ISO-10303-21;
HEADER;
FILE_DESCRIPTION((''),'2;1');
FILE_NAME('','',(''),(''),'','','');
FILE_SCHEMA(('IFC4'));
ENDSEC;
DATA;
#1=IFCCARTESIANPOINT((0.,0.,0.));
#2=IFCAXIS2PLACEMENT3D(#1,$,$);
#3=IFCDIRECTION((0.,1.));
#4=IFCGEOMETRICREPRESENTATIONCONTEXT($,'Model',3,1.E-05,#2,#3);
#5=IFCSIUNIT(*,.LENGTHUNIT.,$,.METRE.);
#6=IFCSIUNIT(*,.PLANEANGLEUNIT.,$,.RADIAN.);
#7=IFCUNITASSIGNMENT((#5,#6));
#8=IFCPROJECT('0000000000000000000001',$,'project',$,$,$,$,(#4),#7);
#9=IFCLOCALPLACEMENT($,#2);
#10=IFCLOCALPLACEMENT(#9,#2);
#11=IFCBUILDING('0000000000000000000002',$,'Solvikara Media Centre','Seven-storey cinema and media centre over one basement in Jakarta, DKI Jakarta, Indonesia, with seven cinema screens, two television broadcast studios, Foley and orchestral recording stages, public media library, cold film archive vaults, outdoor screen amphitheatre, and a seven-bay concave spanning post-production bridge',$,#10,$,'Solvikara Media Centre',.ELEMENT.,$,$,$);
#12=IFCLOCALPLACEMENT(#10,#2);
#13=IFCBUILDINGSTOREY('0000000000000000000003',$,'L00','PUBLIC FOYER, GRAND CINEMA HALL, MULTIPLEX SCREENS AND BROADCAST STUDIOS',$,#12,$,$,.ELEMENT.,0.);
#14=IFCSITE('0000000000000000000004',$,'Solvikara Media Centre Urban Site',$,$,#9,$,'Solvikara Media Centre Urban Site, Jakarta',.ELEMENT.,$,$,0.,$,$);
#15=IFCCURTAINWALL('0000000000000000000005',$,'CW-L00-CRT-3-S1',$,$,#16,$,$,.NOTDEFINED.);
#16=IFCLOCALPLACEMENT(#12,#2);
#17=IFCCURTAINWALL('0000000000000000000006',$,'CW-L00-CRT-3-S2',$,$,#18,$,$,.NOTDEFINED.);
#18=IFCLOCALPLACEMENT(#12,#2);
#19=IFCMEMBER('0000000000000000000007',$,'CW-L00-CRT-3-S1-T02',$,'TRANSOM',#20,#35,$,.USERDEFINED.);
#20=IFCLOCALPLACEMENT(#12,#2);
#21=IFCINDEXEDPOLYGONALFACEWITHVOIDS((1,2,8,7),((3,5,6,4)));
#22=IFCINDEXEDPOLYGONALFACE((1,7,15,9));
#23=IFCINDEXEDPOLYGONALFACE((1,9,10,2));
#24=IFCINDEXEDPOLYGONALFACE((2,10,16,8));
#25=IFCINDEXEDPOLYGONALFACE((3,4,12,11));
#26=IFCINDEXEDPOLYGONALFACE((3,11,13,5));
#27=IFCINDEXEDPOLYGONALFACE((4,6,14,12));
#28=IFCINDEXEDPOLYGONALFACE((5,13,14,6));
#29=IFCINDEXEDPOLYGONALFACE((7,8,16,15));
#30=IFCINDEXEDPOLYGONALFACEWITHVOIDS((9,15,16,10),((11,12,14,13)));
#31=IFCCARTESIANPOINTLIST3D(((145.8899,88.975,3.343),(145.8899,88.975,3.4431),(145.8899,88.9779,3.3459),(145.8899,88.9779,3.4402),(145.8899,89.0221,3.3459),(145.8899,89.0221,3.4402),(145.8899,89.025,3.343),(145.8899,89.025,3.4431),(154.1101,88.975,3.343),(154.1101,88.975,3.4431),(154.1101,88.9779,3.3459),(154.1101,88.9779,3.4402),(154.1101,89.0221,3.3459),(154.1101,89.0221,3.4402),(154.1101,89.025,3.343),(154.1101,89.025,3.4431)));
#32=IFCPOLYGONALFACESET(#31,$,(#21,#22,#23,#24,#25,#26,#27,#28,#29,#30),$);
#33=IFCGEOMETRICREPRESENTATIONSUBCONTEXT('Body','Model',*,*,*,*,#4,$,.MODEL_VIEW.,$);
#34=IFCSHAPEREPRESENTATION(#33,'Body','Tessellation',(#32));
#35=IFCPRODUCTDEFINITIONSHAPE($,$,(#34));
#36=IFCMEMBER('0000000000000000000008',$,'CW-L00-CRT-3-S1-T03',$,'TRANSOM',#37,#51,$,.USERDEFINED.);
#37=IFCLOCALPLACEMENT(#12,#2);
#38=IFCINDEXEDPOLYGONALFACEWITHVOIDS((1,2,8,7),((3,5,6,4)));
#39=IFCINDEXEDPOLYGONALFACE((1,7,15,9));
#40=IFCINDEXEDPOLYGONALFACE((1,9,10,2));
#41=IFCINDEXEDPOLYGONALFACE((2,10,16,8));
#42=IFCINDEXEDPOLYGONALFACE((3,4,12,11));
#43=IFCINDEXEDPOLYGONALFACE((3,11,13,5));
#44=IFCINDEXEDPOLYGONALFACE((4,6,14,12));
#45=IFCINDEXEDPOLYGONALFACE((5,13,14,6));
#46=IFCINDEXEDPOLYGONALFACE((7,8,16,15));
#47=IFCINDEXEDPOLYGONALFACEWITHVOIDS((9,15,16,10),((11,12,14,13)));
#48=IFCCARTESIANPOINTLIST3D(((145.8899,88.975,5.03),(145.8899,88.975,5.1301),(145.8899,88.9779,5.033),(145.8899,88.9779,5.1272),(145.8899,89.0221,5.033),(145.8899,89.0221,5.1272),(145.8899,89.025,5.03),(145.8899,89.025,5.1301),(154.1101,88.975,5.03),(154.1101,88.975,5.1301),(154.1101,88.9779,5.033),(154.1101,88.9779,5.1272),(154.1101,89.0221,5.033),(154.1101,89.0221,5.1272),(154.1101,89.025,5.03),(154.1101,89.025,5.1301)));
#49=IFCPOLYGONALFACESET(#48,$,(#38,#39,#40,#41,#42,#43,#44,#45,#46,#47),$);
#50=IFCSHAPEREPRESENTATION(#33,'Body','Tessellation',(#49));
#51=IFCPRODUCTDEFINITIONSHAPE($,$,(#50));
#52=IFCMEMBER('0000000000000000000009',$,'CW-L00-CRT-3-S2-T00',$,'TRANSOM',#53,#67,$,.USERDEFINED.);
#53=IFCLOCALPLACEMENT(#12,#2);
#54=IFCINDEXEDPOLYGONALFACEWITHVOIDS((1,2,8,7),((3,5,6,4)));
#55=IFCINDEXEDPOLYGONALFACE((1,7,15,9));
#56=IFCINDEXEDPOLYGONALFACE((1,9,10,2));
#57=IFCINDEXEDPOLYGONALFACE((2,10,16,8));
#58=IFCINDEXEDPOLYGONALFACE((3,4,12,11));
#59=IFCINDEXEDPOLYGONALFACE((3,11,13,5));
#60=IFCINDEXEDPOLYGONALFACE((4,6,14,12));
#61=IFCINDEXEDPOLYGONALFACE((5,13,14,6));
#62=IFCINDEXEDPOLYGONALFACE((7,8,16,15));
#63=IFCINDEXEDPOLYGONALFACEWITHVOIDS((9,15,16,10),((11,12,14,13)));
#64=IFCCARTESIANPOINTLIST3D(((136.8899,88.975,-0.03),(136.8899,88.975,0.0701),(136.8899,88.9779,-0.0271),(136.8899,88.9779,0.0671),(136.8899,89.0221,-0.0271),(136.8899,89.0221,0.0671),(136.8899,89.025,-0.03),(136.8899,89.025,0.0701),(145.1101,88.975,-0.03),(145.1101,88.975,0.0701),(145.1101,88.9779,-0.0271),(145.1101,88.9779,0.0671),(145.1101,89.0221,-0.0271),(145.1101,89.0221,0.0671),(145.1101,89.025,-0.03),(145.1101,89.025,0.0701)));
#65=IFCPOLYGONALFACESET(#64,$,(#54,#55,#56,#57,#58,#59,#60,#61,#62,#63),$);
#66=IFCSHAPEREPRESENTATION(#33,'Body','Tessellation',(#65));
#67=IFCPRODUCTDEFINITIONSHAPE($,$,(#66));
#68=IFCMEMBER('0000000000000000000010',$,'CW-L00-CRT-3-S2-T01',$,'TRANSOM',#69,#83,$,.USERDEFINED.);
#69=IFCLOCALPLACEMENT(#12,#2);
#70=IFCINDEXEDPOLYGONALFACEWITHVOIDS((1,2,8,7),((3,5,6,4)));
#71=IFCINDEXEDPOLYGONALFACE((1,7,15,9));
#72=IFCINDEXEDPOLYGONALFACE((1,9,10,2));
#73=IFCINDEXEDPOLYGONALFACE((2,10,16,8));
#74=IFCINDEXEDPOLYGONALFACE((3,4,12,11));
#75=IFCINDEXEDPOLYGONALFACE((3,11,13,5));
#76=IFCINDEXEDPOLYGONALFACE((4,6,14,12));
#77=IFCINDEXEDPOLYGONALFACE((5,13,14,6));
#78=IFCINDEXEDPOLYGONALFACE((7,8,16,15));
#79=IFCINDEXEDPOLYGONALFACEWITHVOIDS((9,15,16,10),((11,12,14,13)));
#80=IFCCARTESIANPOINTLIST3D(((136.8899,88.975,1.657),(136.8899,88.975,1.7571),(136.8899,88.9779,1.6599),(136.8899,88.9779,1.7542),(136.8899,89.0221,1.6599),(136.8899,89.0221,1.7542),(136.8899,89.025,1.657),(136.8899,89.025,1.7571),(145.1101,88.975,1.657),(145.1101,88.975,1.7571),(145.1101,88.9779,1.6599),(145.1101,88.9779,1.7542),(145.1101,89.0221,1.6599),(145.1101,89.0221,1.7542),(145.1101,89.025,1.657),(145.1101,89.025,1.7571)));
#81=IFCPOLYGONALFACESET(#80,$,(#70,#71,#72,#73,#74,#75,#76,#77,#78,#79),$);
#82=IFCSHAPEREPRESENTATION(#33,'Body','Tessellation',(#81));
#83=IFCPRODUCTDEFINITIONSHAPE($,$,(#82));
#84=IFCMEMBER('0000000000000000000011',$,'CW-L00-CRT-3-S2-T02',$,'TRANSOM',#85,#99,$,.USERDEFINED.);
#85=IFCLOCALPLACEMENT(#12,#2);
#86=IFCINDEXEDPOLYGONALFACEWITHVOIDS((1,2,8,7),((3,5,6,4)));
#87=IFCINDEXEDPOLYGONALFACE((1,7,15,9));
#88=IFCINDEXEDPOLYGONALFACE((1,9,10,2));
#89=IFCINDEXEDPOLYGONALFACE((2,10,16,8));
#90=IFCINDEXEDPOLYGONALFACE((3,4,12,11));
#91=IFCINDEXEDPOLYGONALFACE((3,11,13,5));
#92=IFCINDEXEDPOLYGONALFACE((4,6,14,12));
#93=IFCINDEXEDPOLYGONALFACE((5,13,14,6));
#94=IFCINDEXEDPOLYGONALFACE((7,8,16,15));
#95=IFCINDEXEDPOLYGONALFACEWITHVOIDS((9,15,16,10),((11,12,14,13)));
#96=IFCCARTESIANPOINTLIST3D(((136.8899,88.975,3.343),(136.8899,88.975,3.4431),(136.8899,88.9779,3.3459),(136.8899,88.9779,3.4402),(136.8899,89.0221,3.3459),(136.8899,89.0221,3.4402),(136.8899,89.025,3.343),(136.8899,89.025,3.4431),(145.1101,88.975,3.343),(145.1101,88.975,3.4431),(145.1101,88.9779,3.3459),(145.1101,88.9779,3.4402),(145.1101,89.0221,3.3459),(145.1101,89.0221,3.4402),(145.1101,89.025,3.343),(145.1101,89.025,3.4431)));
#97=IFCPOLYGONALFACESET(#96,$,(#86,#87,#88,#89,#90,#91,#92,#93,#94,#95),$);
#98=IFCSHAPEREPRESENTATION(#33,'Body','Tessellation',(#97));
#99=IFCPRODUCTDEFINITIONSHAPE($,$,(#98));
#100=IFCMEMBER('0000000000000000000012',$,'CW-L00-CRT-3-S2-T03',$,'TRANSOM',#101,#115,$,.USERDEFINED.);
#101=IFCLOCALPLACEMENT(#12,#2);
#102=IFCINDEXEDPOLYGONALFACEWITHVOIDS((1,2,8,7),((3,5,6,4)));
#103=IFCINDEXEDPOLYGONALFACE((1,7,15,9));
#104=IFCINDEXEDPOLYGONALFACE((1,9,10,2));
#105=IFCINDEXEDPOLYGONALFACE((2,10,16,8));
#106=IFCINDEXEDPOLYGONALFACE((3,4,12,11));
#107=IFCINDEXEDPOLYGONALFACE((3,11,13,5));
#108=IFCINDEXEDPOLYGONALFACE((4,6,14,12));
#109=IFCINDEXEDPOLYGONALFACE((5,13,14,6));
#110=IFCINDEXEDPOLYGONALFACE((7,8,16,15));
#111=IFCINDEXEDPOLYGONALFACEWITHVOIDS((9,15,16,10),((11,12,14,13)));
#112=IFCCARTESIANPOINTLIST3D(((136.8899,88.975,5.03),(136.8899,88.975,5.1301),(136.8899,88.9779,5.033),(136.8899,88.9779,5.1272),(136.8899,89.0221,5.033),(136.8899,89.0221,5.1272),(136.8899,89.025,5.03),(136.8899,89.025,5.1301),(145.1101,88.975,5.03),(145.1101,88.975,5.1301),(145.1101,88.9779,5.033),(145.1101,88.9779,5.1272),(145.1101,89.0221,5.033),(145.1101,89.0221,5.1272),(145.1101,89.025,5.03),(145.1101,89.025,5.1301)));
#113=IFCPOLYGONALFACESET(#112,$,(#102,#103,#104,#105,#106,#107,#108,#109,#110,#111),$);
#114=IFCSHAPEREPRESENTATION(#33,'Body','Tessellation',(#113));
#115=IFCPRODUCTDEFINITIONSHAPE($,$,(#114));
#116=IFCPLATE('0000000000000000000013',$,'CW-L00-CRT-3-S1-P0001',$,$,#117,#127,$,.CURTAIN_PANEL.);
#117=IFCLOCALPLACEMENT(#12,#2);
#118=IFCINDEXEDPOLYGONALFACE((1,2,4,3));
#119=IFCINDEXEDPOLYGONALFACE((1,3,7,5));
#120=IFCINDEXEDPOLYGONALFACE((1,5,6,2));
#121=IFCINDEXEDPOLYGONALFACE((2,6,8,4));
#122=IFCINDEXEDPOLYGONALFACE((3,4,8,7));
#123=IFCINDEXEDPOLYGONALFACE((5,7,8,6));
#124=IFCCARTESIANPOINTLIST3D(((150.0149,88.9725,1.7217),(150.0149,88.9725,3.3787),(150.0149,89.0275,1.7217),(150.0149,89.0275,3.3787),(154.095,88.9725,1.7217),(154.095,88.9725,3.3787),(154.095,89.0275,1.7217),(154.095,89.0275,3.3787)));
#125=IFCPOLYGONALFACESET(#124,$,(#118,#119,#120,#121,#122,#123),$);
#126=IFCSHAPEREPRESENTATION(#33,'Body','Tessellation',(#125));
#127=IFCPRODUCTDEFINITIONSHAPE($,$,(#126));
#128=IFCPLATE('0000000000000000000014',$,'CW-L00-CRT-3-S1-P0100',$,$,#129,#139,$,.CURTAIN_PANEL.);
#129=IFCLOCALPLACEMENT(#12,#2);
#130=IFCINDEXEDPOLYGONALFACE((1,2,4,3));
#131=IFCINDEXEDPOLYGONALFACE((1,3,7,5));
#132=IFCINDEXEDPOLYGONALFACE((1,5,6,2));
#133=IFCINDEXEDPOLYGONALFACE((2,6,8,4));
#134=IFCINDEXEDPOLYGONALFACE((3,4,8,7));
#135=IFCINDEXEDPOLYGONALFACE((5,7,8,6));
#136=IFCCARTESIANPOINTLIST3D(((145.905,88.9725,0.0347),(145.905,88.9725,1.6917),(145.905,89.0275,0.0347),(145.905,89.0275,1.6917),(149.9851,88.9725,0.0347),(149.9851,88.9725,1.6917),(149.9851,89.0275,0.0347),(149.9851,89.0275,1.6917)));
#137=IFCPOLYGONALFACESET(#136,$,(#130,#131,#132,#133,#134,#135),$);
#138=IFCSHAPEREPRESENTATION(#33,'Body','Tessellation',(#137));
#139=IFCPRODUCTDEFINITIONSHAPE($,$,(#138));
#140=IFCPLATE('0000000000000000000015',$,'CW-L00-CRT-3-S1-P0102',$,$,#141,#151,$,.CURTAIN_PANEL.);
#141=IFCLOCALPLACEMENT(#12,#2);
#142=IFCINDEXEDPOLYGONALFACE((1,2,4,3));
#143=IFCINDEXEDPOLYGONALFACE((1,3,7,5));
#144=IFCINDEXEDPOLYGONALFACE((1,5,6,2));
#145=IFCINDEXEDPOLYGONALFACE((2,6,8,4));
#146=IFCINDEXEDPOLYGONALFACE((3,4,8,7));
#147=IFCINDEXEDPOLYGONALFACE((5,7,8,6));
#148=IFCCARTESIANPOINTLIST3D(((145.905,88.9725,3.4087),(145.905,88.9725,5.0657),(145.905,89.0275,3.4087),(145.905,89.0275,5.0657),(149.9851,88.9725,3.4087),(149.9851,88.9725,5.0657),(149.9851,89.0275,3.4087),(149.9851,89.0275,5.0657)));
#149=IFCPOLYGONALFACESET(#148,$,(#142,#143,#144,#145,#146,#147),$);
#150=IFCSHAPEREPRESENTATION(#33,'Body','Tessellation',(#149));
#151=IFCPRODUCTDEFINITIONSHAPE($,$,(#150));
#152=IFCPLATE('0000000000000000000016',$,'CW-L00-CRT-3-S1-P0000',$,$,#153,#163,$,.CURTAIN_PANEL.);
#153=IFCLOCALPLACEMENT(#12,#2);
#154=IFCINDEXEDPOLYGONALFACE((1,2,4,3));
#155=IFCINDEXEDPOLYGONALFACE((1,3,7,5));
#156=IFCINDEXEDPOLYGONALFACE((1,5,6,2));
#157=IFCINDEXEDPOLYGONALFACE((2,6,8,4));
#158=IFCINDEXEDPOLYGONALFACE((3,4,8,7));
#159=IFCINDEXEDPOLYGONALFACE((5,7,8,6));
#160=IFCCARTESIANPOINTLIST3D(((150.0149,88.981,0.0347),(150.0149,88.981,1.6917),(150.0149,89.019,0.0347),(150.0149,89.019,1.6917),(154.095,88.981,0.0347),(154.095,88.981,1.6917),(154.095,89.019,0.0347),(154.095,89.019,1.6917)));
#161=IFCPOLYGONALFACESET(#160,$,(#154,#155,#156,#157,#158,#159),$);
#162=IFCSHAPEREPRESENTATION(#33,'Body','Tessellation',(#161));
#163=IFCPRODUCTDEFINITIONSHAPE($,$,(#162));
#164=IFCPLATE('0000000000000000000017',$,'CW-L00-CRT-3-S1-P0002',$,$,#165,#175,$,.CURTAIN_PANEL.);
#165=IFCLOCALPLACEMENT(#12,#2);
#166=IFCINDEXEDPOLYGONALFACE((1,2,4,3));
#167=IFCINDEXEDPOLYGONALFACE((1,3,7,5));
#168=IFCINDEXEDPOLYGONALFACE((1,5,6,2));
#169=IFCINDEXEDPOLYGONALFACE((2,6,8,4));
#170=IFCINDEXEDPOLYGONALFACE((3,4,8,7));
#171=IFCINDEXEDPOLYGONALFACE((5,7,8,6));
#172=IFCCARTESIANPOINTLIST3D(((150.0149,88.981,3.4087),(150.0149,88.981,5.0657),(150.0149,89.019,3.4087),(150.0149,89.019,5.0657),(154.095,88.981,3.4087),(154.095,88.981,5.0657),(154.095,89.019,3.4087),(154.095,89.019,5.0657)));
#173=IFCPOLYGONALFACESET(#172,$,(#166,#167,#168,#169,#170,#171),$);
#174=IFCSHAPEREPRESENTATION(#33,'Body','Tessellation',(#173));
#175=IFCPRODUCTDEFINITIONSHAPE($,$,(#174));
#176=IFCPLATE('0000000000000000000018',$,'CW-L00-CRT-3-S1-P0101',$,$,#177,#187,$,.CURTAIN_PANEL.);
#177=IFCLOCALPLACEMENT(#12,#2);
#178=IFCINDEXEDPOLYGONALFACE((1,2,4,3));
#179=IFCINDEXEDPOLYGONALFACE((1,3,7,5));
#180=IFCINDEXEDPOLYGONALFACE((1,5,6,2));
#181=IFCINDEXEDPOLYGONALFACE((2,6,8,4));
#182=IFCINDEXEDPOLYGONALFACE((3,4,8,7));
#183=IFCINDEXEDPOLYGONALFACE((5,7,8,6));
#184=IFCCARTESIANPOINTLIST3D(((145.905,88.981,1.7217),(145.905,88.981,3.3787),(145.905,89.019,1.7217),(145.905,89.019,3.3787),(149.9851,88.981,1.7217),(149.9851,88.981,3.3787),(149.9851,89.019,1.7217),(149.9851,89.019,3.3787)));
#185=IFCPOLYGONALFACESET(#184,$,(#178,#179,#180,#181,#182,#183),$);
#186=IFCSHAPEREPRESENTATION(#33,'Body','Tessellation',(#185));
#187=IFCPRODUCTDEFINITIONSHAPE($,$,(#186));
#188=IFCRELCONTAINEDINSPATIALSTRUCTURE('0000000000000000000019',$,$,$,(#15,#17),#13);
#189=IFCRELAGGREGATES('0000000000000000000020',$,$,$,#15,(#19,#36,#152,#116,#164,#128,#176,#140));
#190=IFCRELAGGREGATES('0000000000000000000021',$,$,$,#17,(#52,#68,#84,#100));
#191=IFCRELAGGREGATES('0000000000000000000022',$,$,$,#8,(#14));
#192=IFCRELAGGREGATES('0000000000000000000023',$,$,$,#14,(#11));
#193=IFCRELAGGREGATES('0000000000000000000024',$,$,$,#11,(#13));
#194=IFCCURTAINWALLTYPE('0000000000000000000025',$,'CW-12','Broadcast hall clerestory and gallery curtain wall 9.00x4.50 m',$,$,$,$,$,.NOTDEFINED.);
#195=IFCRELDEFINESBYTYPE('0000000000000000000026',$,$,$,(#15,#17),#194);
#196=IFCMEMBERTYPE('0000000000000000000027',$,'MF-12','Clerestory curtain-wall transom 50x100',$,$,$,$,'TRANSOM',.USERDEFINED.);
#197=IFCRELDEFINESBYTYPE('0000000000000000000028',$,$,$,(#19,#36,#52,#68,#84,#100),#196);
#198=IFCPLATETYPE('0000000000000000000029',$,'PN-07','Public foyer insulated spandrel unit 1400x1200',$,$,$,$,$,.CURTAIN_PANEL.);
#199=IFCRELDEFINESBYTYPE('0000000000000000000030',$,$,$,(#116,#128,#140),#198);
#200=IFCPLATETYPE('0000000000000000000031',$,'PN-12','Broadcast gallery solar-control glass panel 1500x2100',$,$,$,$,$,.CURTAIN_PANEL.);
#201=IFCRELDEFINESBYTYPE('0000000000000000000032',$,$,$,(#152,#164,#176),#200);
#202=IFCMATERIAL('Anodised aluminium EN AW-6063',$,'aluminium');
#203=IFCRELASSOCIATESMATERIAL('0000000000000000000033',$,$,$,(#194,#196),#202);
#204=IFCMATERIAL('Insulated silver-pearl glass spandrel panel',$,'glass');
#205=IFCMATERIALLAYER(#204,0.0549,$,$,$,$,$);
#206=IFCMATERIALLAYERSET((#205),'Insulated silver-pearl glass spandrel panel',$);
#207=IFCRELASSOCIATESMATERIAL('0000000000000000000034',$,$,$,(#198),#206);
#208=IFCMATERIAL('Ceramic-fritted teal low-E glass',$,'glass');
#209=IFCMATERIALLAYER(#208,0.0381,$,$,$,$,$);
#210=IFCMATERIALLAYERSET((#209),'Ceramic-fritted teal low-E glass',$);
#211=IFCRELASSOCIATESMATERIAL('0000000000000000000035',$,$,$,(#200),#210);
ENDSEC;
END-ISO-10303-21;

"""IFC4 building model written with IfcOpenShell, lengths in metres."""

from ifc_helpers import new_model, si_unit, direction, frame, origin, origin_2d, place, context, subcontext, project, spatial, rectangle, hollow_rectangle, extrude, material, layer, layer_set, material_profile, profile_set, type_object, element, aggregate, save


model = new_model("IFC4")

# Units and contexts
model_context = context("Model", 3, precision=1e-05, world=origin(), true_north=direction((0.0, 1.0)))
body_context = subcontext(model_context, "Body", "Model", "MODEL_VIEW")
ifc_project = project(units=[si_unit("LENGTHUNIT", "METRE"), si_unit("PLANEANGLEUNIT", "RADIAN")], contexts=[model_context])

# Site, building, storey
site_placement = place(None, origin())
site = spatial("IfcSite", under=ifc_project, at=site_placement, Name="Solvikara Media Centre Urban Site", LongName="Solvikara Media Centre Urban Site, Jakarta", CompositionType="ELEMENT", RefElevation=0.0)
building_placement = place(site_placement, origin())
building = spatial("IfcBuilding", under=site, at=building_placement, Name="Solvikara Media Centre", Description="Seven-storey cinema and media centre over one basement in Jakarta, DKI Jakarta, Indonesia, with seven cinema screens, two television broadcast studios, Foley and orchestral recording stages, public media library, cold film archive vaults, outdoor screen amphitheatre, and a seven-bay concave spanning post-production bridge", LongName="Solvikara Media Centre", CompositionType="ELEMENT")
storey_placement = place(building_placement, origin())
storey = spatial("IfcBuildingStorey", under=building, at=storey_placement, Name="L00", Description="PUBLIC FOYER, GRAND CINEMA HALL, MULTIPLEX SCREENS AND BROADCAST STUDIOS", CompositionType="ELEMENT", Elevation=0.0)

# Shared definitions
ifc_material_1 = material(Name="Anodised aluminium EN AW-6063", Category="aluminium")
curtain_wall_type = type_object("IfcCurtainWallType", Name="CW-12", Description="Broadcast hall clerestory and gallery curtain wall 9.00x4.50 m", PredefinedType="NOTDEFINED", material=ifc_material_1)

# Curtain wall
curtain_wall_1_placement = place(storey_placement, origin())
curtain_wall_1 = element("IfcCurtainWall", 1, at=curtain_wall_1_placement, inside=storey, type_object=curtain_wall_type, Name="CW-L00-CRT-3-S1", PredefinedType="NOTDEFINED")

# Curtain wall
curtain_wall_2_placement = place(storey_placement, origin())
curtain_wall_2 = element("IfcCurtainWall", 2, at=curtain_wall_2_placement, inside=storey, type_object=curtain_wall_type, Name="CW-L00-CRT-3-S2", PredefinedType="NOTDEFINED")

# Members
ifc_material_profile_1 = material_profile(ifc_material_1, hollow_rectangle(XDim=0.05, YDim=0.1001, WallThickness=0.0029, at=origin_2d()), Name="ALU-T 50x100x3")
ifc_profile_set_1 = profile_set([ifc_material_profile_1], Name="Anodised aluminium EN AW-6063")
member_type_1 = type_object("IfcMemberType", Name="MF-12", Description="Clerestory curtain-wall transom 50x100", ElementType="TRANSOM", PredefinedType="USERDEFINED", material=ifc_profile_set_1)
member_1_placement = place(storey_placement, frame((154.1101, 89.0, 3.3931), z_axis=(-1.0, 0.0, 0.0), x_axis=(0.0, -1.0, 0.0)))
member_1 = element("IfcMember", 3, at=member_1_placement, type_object=member_type_1, Name="CW-L00-CRT-3-S1-T02", ObjectType="TRANSOM", PredefinedType="USERDEFINED", context=body_context, shape_type="SweptSolid", body=[
    extrude(hollow_rectangle(XDim=0.05, YDim=0.1001, WallThickness=0.0029, at=origin_2d()), origin(), (0.0, 0.0, 1.0), 8.2202),
])
member_2_placement = place(storey_placement, frame((154.1101, 89.0, 5.0801), z_axis=(-1.0, 0.0, 0.0), x_axis=(0.0, -1.0, 0.0)))
member_2 = element("IfcMember", 4, at=member_2_placement, type_object=member_type_1, Name="CW-L00-CRT-3-S1-T03", ObjectType="TRANSOM", PredefinedType="USERDEFINED", context=body_context, shape_type="SweptSolid", body=[
    extrude(hollow_rectangle(XDim=0.05, YDim=0.1001, WallThickness=0.0029, at=origin_2d()), origin(), (0.0, 0.0, 1.0), 8.2202),
])
member_3_placement = place(storey_placement, frame((145.1101, 89.0, 0.02), z_axis=(-1.0, 0.0, 0.0), x_axis=(0.0, -1.0, 0.0)))
member_3 = element("IfcMember", 5, at=member_3_placement, type_object=member_type_1, Name="CW-L00-CRT-3-S2-T00", ObjectType="TRANSOM", PredefinedType="USERDEFINED", context=body_context, shape_type="SweptSolid", body=[
    extrude(hollow_rectangle(XDim=0.05, YDim=0.1001, WallThickness=0.0029, at=origin_2d()), origin(), (0.0, 0.0, 1.0), 8.2202),
])
member_4_placement = place(storey_placement, frame((145.1101, 89.0, 1.707), z_axis=(-1.0, 0.0, 0.0), x_axis=(0.0, -1.0, 0.0)))
member_4 = element("IfcMember", 6, at=member_4_placement, type_object=member_type_1, Name="CW-L00-CRT-3-S2-T01", ObjectType="TRANSOM", PredefinedType="USERDEFINED", context=body_context, shape_type="SweptSolid", body=[
    extrude(hollow_rectangle(XDim=0.05, YDim=0.1001, WallThickness=0.0029, at=origin_2d()), origin(), (0.0, 0.0, 1.0), 8.2202),
])
member_5_placement = place(storey_placement, frame((145.1101, 89.0, 3.3931), z_axis=(-1.0, 0.0, 0.0), x_axis=(0.0, -1.0, 0.0)))
member_5 = element("IfcMember", 7, at=member_5_placement, type_object=member_type_1, Name="CW-L00-CRT-3-S2-T02", ObjectType="TRANSOM", PredefinedType="USERDEFINED", context=body_context, shape_type="SweptSolid", body=[
    extrude(hollow_rectangle(XDim=0.05, YDim=0.1001, WallThickness=0.0029, at=origin_2d()), origin(), (0.0, 0.0, 1.0), 8.2202),
])
member_6_placement = place(storey_placement, frame((145.1101, 89.0, 5.0801), z_axis=(-1.0, 0.0, 0.0), x_axis=(0.0, -1.0, 0.0)))
member_6 = element("IfcMember", 8, at=member_6_placement, type_object=member_type_1, Name="CW-L00-CRT-3-S2-T03", ObjectType="TRANSOM", PredefinedType="USERDEFINED", context=body_context, shape_type="SweptSolid", body=[
    extrude(hollow_rectangle(XDim=0.05, YDim=0.1001, WallThickness=0.0029, at=origin_2d()), origin(), (0.0, 0.0, 1.0), 8.2202),
])

# Plates
ifc_material_2 = material(Name="Insulated silver-pearl glass spandrel panel", Category="glass")
ifc_layer_1 = layer(ifc_material_2, 0.0549)
ifc_layer_set_1 = layer_set([ifc_layer_1], Name="Insulated silver-pearl glass spandrel panel")
plate_type_1 = type_object("IfcPlateType", Name="PN-07", Description="Public foyer insulated spandrel unit 1400x1200", PredefinedType="CURTAIN_PANEL", material=ifc_layer_set_1)
plate_1_placement = place(storey_placement, frame((152.0549, 89.0, 1.7217), z_axis=(0.0, 0.0, 1.0), x_axis=(-1.0, 0.0, 0.0)))
plate_1 = element("IfcPlate", 9, at=plate_1_placement, type_object=plate_type_1, Name="CW-L00-CRT-3-S1-P0001", PredefinedType="CURTAIN_PANEL", context=body_context, shape_type="SweptSolid", body=[
    extrude(rectangle(XDim=4.0801, YDim=0.0549, at=origin_2d()), origin(), (0.0, 0.0, 1.0), 1.657),
])
plate_2_placement = place(storey_placement, frame((147.9451, 89.0, 0.0347), z_axis=(0.0, 0.0, 1.0), x_axis=(-1.0, 0.0, 0.0)))
plate_2 = element("IfcPlate", 10, at=plate_2_placement, type_object=plate_type_1, Name="CW-L00-CRT-3-S1-P0100", PredefinedType="CURTAIN_PANEL", context=body_context, shape_type="SweptSolid", body=[
    extrude(rectangle(XDim=4.0801, YDim=0.0549, at=origin_2d()), origin(), (0.0, 0.0, 1.0), 1.657),
])
plate_3_placement = place(storey_placement, frame((147.9451, 89.0, 3.4087), z_axis=(0.0, 0.0, 1.0), x_axis=(-1.0, 0.0, 0.0)))
plate_3 = element("IfcPlate", 11, at=plate_3_placement, type_object=plate_type_1, Name="CW-L00-CRT-3-S1-P0102", PredefinedType="CURTAIN_PANEL", context=body_context, shape_type="SweptSolid", body=[
    extrude(rectangle(XDim=4.0801, YDim=0.0549, at=origin_2d()), origin(), (0.0, 0.0, 1.0), 1.657),
])
ifc_material_3 = material(Name="Ceramic-fritted teal low-E glass", Category="glass")
ifc_layer_2 = layer(ifc_material_3, 0.0381)
ifc_layer_set_2 = layer_set([ifc_layer_2], Name="Ceramic-fritted teal low-E glass")
plate_type_2 = type_object("IfcPlateType", Name="PN-12", Description="Broadcast gallery solar-control glass panel 1500x2100", PredefinedType="CURTAIN_PANEL", material=ifc_layer_set_2)
plate_4_placement = place(storey_placement, frame((152.0549, 89.0, 0.0347), z_axis=(0.0, 0.0, 1.0), x_axis=(-1.0, 0.0, 0.0)))
plate_4 = element("IfcPlate", 12, at=plate_4_placement, type_object=plate_type_2, Name="CW-L00-CRT-3-S1-P0000", PredefinedType="CURTAIN_PANEL", context=body_context, shape_type="SweptSolid", body=[
    extrude(rectangle(XDim=4.0801, YDim=0.0381, at=origin_2d()), origin(), (0.0, 0.0, 1.0), 1.657),
])
plate_5_placement = place(storey_placement, frame((152.0549, 89.0, 3.4087), z_axis=(0.0, 0.0, 1.0), x_axis=(-1.0, 0.0, 0.0)))
plate_5 = element("IfcPlate", 13, at=plate_5_placement, type_object=plate_type_2, Name="CW-L00-CRT-3-S1-P0002", PredefinedType="CURTAIN_PANEL", context=body_context, shape_type="SweptSolid", body=[
    extrude(rectangle(XDim=4.0801, YDim=0.0381, at=origin_2d()), origin(), (0.0, 0.0, 1.0), 1.657),
])
plate_6_placement = place(storey_placement, frame((147.9451, 89.0, 1.7217), z_axis=(0.0, 0.0, 1.0), x_axis=(-1.0, 0.0, 0.0)))
plate_6 = element("IfcPlate", 14, at=plate_6_placement, type_object=plate_type_2, Name="CW-L00-CRT-3-S1-P0101", PredefinedType="CURTAIN_PANEL", context=body_context, shape_type="SweptSolid", body=[
    extrude(rectangle(XDim=4.0801, YDim=0.0381, at=origin_2d()), origin(), (0.0, 0.0, 1.0), 1.657),
])
aggregate(curtain_wall_1, [member_1, member_2, plate_4, plate_1, plate_5, plate_2, plate_6, plate_3])
aggregate(curtain_wall_2, [member_3, member_4, member_5, member_6])

save(model, "model.ifc")
